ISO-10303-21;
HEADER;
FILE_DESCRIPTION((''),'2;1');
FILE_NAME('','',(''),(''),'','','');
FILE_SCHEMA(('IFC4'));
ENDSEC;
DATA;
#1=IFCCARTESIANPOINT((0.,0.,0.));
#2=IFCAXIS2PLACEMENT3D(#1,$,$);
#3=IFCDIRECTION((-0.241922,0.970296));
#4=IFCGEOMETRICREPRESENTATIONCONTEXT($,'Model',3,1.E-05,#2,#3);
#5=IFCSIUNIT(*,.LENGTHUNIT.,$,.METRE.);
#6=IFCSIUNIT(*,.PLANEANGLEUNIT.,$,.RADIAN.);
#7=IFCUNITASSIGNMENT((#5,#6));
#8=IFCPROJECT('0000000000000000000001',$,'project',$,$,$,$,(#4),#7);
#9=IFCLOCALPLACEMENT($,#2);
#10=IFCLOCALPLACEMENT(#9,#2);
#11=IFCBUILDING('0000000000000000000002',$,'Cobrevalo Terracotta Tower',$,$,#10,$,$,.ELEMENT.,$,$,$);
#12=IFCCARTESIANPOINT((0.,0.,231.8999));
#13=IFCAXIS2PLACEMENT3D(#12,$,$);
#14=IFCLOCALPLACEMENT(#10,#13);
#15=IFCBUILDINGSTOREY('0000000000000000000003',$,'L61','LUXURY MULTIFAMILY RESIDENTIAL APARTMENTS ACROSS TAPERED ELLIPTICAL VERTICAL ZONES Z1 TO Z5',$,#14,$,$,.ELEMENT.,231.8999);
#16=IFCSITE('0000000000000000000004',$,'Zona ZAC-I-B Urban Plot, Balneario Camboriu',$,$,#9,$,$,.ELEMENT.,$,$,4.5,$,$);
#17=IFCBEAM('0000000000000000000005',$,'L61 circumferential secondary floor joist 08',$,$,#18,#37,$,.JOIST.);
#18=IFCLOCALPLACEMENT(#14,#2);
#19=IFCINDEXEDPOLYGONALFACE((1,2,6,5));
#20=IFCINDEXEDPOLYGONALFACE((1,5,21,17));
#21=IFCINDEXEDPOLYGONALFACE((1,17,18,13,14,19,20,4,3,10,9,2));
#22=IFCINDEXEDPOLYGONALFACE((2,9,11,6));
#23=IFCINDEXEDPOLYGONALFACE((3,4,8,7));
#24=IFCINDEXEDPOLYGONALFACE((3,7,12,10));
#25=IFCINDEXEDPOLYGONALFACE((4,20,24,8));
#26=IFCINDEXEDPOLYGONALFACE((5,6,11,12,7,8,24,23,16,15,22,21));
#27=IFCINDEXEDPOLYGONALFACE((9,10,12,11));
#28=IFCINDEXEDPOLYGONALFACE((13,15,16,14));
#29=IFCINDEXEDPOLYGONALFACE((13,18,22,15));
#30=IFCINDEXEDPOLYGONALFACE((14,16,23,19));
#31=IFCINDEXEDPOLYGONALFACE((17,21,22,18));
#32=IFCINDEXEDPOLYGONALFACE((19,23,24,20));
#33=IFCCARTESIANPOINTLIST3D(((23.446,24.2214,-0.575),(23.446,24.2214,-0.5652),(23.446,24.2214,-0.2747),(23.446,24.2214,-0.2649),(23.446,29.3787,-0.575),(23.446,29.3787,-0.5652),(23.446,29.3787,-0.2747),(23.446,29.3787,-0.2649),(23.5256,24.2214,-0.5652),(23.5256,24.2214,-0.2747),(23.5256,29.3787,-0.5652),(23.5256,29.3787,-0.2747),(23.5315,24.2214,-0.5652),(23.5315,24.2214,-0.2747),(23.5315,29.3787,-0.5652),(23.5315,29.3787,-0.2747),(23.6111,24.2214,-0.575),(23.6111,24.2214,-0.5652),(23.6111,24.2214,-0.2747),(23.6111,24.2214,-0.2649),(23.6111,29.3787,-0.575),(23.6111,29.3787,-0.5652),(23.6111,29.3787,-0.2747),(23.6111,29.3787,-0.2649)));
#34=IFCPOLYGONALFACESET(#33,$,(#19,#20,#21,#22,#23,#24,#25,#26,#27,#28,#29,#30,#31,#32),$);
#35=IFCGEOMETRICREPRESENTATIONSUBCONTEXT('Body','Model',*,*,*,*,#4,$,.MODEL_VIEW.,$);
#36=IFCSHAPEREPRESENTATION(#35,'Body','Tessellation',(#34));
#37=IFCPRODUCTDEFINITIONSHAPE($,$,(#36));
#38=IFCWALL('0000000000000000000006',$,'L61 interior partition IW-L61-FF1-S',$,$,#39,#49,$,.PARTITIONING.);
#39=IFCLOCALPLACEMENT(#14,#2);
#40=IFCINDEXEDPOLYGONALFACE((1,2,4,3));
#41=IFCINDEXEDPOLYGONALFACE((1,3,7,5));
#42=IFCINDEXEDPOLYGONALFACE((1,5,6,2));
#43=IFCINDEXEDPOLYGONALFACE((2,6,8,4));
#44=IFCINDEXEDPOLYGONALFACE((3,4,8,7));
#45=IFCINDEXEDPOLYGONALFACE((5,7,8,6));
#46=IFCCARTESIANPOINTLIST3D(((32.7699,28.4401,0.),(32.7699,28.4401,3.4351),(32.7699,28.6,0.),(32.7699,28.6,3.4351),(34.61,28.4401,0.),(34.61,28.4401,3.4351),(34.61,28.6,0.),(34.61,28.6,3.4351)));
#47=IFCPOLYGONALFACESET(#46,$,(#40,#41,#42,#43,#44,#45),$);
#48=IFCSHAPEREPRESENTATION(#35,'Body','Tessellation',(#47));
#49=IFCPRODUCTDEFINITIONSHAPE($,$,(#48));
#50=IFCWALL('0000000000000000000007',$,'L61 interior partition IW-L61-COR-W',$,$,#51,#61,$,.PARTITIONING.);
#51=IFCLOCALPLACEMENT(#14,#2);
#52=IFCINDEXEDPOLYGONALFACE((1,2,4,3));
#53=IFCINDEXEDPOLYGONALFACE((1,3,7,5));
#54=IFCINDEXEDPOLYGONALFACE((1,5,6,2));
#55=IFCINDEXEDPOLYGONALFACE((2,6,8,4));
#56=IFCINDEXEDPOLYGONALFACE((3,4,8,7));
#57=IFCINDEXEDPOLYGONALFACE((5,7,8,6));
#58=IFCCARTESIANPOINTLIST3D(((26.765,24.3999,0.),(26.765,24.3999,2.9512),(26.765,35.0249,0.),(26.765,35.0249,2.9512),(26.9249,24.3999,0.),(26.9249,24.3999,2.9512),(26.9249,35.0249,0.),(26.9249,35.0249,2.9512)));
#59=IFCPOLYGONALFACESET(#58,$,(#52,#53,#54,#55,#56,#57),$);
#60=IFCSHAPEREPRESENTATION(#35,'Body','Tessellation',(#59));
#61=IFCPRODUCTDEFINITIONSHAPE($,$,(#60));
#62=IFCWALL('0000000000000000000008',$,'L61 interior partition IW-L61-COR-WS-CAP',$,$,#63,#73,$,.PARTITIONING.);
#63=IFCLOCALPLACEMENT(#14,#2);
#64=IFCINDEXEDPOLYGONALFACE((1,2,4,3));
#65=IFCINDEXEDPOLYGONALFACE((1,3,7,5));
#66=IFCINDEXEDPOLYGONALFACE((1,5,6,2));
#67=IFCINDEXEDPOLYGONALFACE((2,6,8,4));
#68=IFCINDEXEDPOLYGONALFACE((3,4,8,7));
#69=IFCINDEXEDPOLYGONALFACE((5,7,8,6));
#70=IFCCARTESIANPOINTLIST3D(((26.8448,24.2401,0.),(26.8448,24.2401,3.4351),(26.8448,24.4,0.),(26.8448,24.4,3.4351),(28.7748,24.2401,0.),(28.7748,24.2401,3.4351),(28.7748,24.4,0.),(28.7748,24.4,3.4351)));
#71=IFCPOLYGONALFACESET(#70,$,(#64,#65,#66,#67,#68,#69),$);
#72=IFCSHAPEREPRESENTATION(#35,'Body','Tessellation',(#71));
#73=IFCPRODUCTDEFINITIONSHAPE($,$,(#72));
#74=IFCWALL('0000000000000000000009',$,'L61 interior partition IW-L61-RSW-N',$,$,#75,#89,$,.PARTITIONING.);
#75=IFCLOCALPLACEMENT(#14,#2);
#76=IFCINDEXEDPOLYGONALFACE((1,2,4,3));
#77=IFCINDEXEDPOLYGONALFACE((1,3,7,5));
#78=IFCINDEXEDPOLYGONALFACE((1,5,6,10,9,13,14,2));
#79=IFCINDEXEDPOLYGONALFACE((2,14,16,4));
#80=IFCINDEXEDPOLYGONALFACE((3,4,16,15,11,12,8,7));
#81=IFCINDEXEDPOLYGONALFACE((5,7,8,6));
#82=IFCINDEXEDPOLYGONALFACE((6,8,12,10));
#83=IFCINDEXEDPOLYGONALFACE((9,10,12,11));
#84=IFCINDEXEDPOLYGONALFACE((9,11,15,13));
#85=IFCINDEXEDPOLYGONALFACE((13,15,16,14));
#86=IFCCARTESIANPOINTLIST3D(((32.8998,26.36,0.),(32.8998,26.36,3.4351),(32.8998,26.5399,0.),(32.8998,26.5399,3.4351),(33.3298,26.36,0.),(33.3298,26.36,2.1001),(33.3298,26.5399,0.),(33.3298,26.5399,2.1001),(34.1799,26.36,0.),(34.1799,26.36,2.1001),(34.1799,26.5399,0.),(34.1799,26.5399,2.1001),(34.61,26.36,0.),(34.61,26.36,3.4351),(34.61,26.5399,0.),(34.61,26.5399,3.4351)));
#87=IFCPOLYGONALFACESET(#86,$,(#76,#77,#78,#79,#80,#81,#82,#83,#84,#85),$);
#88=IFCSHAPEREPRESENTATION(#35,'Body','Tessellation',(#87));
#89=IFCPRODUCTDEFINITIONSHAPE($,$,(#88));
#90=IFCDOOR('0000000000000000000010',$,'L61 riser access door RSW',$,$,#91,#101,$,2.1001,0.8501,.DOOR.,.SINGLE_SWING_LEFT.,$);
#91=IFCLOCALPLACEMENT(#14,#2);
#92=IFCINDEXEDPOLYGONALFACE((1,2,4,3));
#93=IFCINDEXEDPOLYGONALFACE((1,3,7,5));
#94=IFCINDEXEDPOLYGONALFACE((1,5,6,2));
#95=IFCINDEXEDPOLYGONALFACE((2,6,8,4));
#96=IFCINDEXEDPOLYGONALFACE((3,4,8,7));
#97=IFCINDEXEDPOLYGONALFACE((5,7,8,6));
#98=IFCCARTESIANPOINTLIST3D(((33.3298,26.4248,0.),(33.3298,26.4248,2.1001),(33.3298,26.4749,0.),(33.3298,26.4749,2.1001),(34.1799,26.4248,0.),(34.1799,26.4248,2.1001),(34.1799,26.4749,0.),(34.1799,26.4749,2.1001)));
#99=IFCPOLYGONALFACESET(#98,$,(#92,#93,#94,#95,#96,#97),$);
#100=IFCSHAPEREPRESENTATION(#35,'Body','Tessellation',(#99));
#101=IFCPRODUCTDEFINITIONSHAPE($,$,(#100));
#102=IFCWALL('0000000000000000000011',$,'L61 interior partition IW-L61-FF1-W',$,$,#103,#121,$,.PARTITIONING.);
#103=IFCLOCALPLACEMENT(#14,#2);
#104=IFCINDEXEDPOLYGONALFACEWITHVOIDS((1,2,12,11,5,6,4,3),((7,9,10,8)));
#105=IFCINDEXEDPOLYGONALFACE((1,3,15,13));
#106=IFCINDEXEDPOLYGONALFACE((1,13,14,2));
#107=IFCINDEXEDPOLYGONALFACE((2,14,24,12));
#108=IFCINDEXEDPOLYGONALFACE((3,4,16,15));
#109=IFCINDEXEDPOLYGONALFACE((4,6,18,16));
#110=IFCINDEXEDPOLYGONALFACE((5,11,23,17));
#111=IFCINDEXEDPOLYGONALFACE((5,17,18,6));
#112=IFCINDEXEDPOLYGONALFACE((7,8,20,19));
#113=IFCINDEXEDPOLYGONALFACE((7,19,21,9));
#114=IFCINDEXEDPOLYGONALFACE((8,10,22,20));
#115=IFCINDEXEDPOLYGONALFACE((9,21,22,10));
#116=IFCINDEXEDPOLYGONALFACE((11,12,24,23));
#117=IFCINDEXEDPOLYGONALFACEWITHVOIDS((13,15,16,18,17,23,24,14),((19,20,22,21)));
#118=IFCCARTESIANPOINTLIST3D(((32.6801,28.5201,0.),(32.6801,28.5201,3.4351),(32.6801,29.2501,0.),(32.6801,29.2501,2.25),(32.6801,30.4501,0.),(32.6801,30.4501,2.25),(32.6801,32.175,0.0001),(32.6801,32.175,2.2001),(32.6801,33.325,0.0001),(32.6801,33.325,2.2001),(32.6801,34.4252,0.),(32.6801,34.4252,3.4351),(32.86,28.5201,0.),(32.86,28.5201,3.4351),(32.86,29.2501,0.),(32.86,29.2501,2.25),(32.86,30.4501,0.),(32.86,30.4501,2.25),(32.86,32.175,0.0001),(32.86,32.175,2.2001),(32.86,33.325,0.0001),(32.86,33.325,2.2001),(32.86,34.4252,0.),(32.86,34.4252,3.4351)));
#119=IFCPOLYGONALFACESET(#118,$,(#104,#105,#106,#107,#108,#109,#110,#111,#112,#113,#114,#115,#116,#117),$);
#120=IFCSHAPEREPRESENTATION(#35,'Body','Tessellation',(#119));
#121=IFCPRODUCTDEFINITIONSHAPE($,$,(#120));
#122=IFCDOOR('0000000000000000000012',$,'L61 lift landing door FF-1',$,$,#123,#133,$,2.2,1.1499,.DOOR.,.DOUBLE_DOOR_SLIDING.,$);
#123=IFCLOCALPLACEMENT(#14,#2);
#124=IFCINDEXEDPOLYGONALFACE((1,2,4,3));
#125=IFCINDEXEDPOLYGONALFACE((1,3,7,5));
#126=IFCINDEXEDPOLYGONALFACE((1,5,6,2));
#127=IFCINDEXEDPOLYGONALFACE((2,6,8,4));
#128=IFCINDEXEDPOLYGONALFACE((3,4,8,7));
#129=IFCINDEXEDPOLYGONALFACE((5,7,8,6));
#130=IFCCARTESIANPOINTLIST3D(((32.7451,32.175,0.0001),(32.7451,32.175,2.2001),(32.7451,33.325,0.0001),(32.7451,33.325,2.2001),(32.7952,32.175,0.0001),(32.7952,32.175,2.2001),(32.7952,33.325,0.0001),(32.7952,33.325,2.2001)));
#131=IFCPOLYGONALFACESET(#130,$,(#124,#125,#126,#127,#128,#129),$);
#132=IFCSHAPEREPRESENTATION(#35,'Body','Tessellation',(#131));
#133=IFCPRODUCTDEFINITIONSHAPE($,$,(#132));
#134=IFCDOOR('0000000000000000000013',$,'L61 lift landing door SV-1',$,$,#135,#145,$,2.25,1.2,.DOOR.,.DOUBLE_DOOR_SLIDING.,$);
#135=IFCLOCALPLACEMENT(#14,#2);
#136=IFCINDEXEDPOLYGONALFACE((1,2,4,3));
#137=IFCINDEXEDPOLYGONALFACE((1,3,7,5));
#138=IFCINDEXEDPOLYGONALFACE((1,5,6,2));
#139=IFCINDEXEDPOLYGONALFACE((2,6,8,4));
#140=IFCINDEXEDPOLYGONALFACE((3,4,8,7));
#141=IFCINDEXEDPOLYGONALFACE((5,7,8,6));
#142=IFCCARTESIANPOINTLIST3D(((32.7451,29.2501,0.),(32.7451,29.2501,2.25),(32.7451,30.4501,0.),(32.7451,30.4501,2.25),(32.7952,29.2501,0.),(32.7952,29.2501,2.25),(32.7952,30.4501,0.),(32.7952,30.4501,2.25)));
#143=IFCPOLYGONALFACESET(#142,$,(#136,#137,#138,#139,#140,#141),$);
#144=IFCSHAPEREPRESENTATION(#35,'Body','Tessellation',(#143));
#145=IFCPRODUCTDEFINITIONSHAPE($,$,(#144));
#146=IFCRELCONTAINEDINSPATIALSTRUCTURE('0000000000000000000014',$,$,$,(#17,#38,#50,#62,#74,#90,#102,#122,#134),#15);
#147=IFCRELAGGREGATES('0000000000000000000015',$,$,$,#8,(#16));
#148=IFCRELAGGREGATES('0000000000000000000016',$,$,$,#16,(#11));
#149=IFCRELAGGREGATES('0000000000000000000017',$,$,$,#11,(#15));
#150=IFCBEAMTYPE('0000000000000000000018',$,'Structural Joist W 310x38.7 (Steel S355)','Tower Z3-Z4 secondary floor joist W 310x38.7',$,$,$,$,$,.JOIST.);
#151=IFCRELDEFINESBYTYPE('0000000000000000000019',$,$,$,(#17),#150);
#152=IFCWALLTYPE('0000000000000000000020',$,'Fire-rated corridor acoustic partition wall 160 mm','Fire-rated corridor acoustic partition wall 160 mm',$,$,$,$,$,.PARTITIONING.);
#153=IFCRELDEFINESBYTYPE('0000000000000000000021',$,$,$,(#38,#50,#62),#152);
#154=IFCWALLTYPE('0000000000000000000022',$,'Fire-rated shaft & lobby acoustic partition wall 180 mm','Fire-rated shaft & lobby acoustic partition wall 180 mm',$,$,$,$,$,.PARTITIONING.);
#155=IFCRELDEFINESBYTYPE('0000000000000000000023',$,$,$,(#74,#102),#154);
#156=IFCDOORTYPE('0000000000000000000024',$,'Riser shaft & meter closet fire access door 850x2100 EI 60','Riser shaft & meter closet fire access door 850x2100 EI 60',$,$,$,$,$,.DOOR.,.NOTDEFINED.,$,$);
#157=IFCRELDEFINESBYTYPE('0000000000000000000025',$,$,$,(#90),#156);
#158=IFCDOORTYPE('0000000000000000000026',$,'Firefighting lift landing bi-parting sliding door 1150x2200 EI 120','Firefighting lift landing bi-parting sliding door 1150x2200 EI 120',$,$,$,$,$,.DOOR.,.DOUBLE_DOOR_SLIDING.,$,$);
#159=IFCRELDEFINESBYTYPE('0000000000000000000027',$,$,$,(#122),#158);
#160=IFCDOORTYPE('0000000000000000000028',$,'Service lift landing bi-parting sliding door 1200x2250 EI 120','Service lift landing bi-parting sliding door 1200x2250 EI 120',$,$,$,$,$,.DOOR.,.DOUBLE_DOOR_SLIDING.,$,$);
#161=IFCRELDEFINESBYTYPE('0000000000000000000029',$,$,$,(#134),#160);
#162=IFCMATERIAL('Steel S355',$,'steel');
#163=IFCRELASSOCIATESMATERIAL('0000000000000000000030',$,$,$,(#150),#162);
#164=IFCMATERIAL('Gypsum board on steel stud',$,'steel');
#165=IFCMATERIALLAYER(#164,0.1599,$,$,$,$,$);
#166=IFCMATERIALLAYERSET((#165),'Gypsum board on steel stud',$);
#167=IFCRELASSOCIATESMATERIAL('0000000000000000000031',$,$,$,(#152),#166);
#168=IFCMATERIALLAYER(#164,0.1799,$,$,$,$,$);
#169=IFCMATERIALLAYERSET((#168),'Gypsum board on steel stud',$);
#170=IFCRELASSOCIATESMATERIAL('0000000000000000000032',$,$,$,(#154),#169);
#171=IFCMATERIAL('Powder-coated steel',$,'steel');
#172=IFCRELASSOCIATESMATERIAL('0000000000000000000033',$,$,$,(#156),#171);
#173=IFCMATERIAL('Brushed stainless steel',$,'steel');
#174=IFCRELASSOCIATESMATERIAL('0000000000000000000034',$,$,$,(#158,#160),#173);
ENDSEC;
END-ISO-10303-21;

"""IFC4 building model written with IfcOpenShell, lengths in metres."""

from ifc_helpers import new_model, si_unit, direction, frame, frame_2d, origin, origin_2d, place, context, subcontext, project, spatial, rectangle, i_section, extrude, source, transform, mapped, material, layer, layer_set, material_profile, profile_set, type_object, element, fill, save


model = new_model("IFC4")

# Units and contexts
model_context = context("Model", 3, precision=1e-05, world=origin(), true_north=direction((-0.241922, 0.970296)))
body_context = subcontext(model_context, "Body", "Model", "MODEL_VIEW")
ifc_project = project(units=[si_unit("LENGTHUNIT", "METRE"), si_unit("PLANEANGLEUNIT", "RADIAN")], contexts=[model_context])

# Site, building, storey
site_placement = place(None, origin())
site = spatial("IfcSite", under=ifc_project, at=site_placement, Name="Zona ZAC-I-B Urban Plot, Balneario Camboriu", CompositionType="ELEMENT", RefElevation=4.5)
building_placement = place(site_placement, origin())
building = spatial("IfcBuilding", under=site, at=building_placement, Name="Cobrevalo Terracotta Tower", CompositionType="ELEMENT")
storey_placement = place(building_placement, frame((0.0, 0.0, 231.8999)))
storey = spatial("IfcBuildingStorey", under=building, at=storey_placement, Name="L61", Description="LUXURY MULTIFAMILY RESIDENTIAL APARTMENTS ACROSS TAPERED ELLIPTICAL VERTICAL ZONES Z1 TO Z5", CompositionType="ELEMENT", Elevation=231.8999)

# Beam
ifc_material_1 = material(Name="Steel S355", Category="steel")
ifc_material_profile = material_profile(ifc_material_1, i_section(OverallWidth=0.165, OverallDepth=0.3101, WebThickness=0.0059, FlangeThickness=0.0098, at=origin_2d()), Name="W 310x38.7")
ifc_profile_set = profile_set([ifc_material_profile], Name="Steel S355")
beam_type = type_object("IfcBeamType", Name="Structural Joist W 310x38.7 (Steel S355)", Description="Tower Z3-Z4 secondary floor joist W 310x38.7", PredefinedType="JOIST", material=ifc_profile_set)
beam_placement = place(storey_placement, frame((23.5286, 29.3787, -0.4199), z_axis=(0.0, -1.0, 0.0), x_axis=(1.0, 0.0, 0.0)))
element("IfcBeam", 1, at=beam_placement, inside=storey, type_object=beam_type, Name="L61 circumferential secondary floor joist 08", PredefinedType="JOIST", context=body_context, shape_type="SweptSolid", body=[
    extrude(i_section(OverallWidth=0.165, OverallDepth=0.3101, WebThickness=0.0059, FlangeThickness=0.0098, at=origin_2d()), origin(), (0.0, 0.0, 1.0), 5.1572),
])

# Walls
ifc_material_2 = material(Name="Gypsum board on steel stud", Category="steel")
ifc_layer_1 = layer(ifc_material_2, 0.1599)
ifc_layer_set_1 = layer_set([ifc_layer_1], Name="Gypsum board on steel stud")
wall_type_1 = type_object("IfcWallType", Name="Fire-rated corridor acoustic partition wall 160 mm", Description="Fire-rated corridor acoustic partition wall 160 mm", PredefinedType="PARTITIONING", material=ifc_layer_set_1)
wall_1_placement = place(storey_placement, frame((32.77, 28.52, 0.0), z_axis=(0.0, 0.0, 1.0), x_axis=(1.0, 0.0, 0.0)))
element("IfcWall", 2, at=wall_1_placement, inside=storey, type_object=wall_type_1, Name="L61 interior partition IW-L61-FF1-S", PredefinedType="PARTITIONING", context=body_context, shape_type="SweptSolid", body=[
    extrude(rectangle(XDim=1.8401, YDim=0.1599, at=frame_2d((0.9199, 0.0))), origin(), (0.0, 0.0, 1.0), 3.4351),
])
wall_2_placement = place(storey_placement, frame((26.845, 24.3999, 0.0), z_axis=(0.0, 0.0, 1.0), x_axis=(0.0, 1.0, 0.0)))
element("IfcWall", 3, at=wall_2_placement, inside=storey, type_object=wall_type_1, Name="L61 interior partition IW-L61-COR-W", PredefinedType="PARTITIONING", context=body_context, shape_type="SweptSolid", body=[
    extrude(rectangle(XDim=10.625, YDim=0.1599, at=frame_2d((5.3125, 0.0))), origin(), (0.0, 0.0, 1.0), 2.9512),
])
wall_3_placement = place(storey_placement, frame((26.845, 24.3201, 0.0), z_axis=(0.0, 0.0, 1.0), x_axis=(1.0, 0.0, 0.0)))
element("IfcWall", 4, at=wall_3_placement, inside=storey, type_object=wall_type_1, Name="L61 interior partition IW-L61-COR-WS-CAP", PredefinedType="PARTITIONING", context=body_context, shape_type="SweptSolid", body=[
    extrude(rectangle(XDim=1.9299, YDim=0.1599, at=frame_2d((0.9648, 0.0))), origin(), (0.0, 0.0, 1.0), 3.4351),
])

# Wall, opening, door
ifc_layer_2 = layer(ifc_material_2, 0.1799)
ifc_layer_set_2 = layer_set([ifc_layer_2], Name="Gypsum board on steel stud")
wall_type_2 = type_object("IfcWallType", Name="Fire-rated shaft & lobby acoustic partition wall 180 mm", Description="Fire-rated shaft & lobby acoustic partition wall 180 mm", PredefinedType="PARTITIONING", material=ifc_layer_set_2)
wall_4_placement = place(storey_placement, frame((32.8999, 26.45, 0.0), z_axis=(0.0, 0.0, 1.0), x_axis=(1.0, 0.0, 0.0)))
wall_4 = element("IfcWall", 5, at=wall_4_placement, inside=storey, type_object=wall_type_2, Name="L61 interior partition IW-L61-RSW-N", PredefinedType="PARTITIONING", context=body_context, shape_type="SweptSolid", body=[
    extrude(rectangle(XDim=1.7102, YDim=0.1799, at=frame_2d((0.855, 0.0))), origin(), (0.0, 0.0, 1.0), 3.4351),
])
opening_1_placement = place(wall_4_placement, frame((0.4299, 0.0, 0.0)))
opening_1 = element("IfcOpeningElement", 6, at=opening_1_placement, cuts=wall_4, PredefinedType="OPENING", context=body_context, shape_type="SweptSolid", body=[
    extrude(rectangle(XDim=0.8501, YDim=2.1001, at=frame_2d((0.425, 1.05))), frame((0.0, 0.1001, 0.0), z_axis=(0.0, -1.0, 0.0), x_axis=(1.0, 0.0, 0.0)), (0.0, 0.0, 1.0), 0.2),
])
ifc_material_3 = material(Name="Powder-coated steel", Category="steel")
door_type_1 = type_object("IfcDoorType", Name="Riser shaft & meter closet fire access door 850x2100 EI 60", Description="Riser shaft & meter closet fire access door 850x2100 EI 60", OperationType="NOTDEFINED", PredefinedType="DOOR", material=ifc_material_3)
shared_shape_1 = source(origin(), body_context, "Body", "SweptSolid", [
    extrude(rectangle(XDim=0.8501, YDim=2.1001, at=frame_2d((0.425, 1.05))), frame((0.0, 0.0249, 0.0), z_axis=(0.0, -1.0, 0.0), x_axis=(1.0, 0.0, 0.0)), (0.0, 0.0, 1.0), 0.05),
])
door_1_placement = place(opening_1_placement, origin())
door_1 = element("IfcDoor", 7, at=door_1_placement, inside=storey, type_object=door_type_1, Name="L61 riser access door RSW", OperationType="SINGLE_SWING_LEFT", OverallHeight=2.1001, OverallWidth=0.8501, PredefinedType="DOOR", context=body_context, shape_type="MappedRepresentation", body=[
    mapped(shared_shape_1, transform((0.0, 0.0, 0.0), scale=1.0)),
])
fill(opening_1, door_1)

# Wall, openings, doors
wall_5_placement = place(storey_placement, frame((32.77, 28.52, 0.0), z_axis=(0.0, 0.0, 1.0), x_axis=(0.0, 1.0, 0.0)))
wall_5 = element("IfcWall", 8, at=wall_5_placement, inside=storey, type_object=wall_type_2, Name="L61 interior partition IW-L61-FF1-W", PredefinedType="PARTITIONING", context=body_context, shape_type="SweptSolid", body=[
    extrude(rectangle(XDim=5.905, YDim=0.1799, at=frame_2d((2.9526, 0.0))), origin(), (0.0, 0.0, 1.0), 3.4351),
])
opening_2_placement = place(wall_5_placement, frame((3.655, 0.0, 0.0)))
opening_2 = element("IfcOpeningElement", 9, at=opening_2_placement, cuts=wall_5, PredefinedType="OPENING", context=body_context, shape_type="SweptSolid", body=[
    extrude(rectangle(XDim=1.1499, YDim=2.2, at=frame_2d((0.575, 1.1001))), frame((0.0, 0.1001, 0.0), z_axis=(0.0, -1.0, 0.0), x_axis=(1.0, 0.0, 0.0)), (0.0, 0.0, 1.0), 0.2),
])
opening_3_placement = place(wall_5_placement, frame((0.73, 0.0, 0.0)))
opening_3 = element("IfcOpeningElement", 10, at=opening_3_placement, cuts=wall_5, PredefinedType="OPENING", context=body_context, shape_type="SweptSolid", body=[
    extrude(rectangle(XDim=1.2, YDim=2.25, at=frame_2d((0.6001, 1.125))), frame((0.0, 0.1001, 0.0), z_axis=(0.0, -1.0, 0.0), x_axis=(1.0, 0.0, 0.0)), (0.0, 0.0, 1.0), 0.2),
])
ifc_material_4 = material(Name="Brushed stainless steel", Category="steel")
door_type_2 = type_object("IfcDoorType", Name="Firefighting lift landing bi-parting sliding door 1150x2200 EI 120", Description="Firefighting lift landing bi-parting sliding door 1150x2200 EI 120", OperationType="DOUBLE_DOOR_SLIDING", PredefinedType="DOOR", material=ifc_material_4)
shared_shape_2 = source(origin(), body_context, "Body", "SweptSolid", [
    extrude(rectangle(XDim=1.1499, YDim=2.2, at=frame_2d((0.575, 1.1001))), frame((0.0, 0.0249, 0.0), z_axis=(0.0, -1.0, 0.0), x_axis=(1.0, 0.0, 0.0)), (0.0, 0.0, 1.0), 0.05),
])
door_2_placement = place(opening_2_placement, origin())
door_2 = element("IfcDoor", 11, at=door_2_placement, inside=storey, type_object=door_type_2, Name="L61 lift landing door FF-1", OperationType="DOUBLE_DOOR_SLIDING", OverallHeight=2.2, OverallWidth=1.1499, PredefinedType="DOOR", context=body_context, shape_type="MappedRepresentation", body=[
    mapped(shared_shape_2, transform((0.0, 0.0, 0.0), scale=1.0)),
])
fill(opening_2, door_2)
door_type_3 = type_object("IfcDoorType", Name="Service lift landing bi-parting sliding door 1200x2250 EI 120", Description="Service lift landing bi-parting sliding door 1200x2250 EI 120", OperationType="DOUBLE_DOOR_SLIDING", PredefinedType="DOOR", material=ifc_material_4)
shared_shape_3 = source(origin(), body_context, "Body", "SweptSolid", [
    extrude(rectangle(XDim=1.2, YDim=2.25, at=frame_2d((0.6001, 1.125))), frame((0.0, 0.0249, 0.0), z_axis=(0.0, -1.0, 0.0), x_axis=(1.0, 0.0, 0.0)), (0.0, 0.0, 1.0), 0.05),
])
door_3_placement = place(opening_3_placement, origin())
door_3 = element("IfcDoor", 12, at=door_3_placement, inside=storey, type_object=door_type_3, Name="L61 lift landing door SV-1", OperationType="DOUBLE_DOOR_SLIDING", OverallHeight=2.25, OverallWidth=1.2, PredefinedType="DOOR", context=body_context, shape_type="MappedRepresentation", body=[
    mapped(shared_shape_3, transform((0.0, 0.0, 0.0), scale=1.0)),
])
fill(opening_3, door_3)

save(model, "model.ifc")
